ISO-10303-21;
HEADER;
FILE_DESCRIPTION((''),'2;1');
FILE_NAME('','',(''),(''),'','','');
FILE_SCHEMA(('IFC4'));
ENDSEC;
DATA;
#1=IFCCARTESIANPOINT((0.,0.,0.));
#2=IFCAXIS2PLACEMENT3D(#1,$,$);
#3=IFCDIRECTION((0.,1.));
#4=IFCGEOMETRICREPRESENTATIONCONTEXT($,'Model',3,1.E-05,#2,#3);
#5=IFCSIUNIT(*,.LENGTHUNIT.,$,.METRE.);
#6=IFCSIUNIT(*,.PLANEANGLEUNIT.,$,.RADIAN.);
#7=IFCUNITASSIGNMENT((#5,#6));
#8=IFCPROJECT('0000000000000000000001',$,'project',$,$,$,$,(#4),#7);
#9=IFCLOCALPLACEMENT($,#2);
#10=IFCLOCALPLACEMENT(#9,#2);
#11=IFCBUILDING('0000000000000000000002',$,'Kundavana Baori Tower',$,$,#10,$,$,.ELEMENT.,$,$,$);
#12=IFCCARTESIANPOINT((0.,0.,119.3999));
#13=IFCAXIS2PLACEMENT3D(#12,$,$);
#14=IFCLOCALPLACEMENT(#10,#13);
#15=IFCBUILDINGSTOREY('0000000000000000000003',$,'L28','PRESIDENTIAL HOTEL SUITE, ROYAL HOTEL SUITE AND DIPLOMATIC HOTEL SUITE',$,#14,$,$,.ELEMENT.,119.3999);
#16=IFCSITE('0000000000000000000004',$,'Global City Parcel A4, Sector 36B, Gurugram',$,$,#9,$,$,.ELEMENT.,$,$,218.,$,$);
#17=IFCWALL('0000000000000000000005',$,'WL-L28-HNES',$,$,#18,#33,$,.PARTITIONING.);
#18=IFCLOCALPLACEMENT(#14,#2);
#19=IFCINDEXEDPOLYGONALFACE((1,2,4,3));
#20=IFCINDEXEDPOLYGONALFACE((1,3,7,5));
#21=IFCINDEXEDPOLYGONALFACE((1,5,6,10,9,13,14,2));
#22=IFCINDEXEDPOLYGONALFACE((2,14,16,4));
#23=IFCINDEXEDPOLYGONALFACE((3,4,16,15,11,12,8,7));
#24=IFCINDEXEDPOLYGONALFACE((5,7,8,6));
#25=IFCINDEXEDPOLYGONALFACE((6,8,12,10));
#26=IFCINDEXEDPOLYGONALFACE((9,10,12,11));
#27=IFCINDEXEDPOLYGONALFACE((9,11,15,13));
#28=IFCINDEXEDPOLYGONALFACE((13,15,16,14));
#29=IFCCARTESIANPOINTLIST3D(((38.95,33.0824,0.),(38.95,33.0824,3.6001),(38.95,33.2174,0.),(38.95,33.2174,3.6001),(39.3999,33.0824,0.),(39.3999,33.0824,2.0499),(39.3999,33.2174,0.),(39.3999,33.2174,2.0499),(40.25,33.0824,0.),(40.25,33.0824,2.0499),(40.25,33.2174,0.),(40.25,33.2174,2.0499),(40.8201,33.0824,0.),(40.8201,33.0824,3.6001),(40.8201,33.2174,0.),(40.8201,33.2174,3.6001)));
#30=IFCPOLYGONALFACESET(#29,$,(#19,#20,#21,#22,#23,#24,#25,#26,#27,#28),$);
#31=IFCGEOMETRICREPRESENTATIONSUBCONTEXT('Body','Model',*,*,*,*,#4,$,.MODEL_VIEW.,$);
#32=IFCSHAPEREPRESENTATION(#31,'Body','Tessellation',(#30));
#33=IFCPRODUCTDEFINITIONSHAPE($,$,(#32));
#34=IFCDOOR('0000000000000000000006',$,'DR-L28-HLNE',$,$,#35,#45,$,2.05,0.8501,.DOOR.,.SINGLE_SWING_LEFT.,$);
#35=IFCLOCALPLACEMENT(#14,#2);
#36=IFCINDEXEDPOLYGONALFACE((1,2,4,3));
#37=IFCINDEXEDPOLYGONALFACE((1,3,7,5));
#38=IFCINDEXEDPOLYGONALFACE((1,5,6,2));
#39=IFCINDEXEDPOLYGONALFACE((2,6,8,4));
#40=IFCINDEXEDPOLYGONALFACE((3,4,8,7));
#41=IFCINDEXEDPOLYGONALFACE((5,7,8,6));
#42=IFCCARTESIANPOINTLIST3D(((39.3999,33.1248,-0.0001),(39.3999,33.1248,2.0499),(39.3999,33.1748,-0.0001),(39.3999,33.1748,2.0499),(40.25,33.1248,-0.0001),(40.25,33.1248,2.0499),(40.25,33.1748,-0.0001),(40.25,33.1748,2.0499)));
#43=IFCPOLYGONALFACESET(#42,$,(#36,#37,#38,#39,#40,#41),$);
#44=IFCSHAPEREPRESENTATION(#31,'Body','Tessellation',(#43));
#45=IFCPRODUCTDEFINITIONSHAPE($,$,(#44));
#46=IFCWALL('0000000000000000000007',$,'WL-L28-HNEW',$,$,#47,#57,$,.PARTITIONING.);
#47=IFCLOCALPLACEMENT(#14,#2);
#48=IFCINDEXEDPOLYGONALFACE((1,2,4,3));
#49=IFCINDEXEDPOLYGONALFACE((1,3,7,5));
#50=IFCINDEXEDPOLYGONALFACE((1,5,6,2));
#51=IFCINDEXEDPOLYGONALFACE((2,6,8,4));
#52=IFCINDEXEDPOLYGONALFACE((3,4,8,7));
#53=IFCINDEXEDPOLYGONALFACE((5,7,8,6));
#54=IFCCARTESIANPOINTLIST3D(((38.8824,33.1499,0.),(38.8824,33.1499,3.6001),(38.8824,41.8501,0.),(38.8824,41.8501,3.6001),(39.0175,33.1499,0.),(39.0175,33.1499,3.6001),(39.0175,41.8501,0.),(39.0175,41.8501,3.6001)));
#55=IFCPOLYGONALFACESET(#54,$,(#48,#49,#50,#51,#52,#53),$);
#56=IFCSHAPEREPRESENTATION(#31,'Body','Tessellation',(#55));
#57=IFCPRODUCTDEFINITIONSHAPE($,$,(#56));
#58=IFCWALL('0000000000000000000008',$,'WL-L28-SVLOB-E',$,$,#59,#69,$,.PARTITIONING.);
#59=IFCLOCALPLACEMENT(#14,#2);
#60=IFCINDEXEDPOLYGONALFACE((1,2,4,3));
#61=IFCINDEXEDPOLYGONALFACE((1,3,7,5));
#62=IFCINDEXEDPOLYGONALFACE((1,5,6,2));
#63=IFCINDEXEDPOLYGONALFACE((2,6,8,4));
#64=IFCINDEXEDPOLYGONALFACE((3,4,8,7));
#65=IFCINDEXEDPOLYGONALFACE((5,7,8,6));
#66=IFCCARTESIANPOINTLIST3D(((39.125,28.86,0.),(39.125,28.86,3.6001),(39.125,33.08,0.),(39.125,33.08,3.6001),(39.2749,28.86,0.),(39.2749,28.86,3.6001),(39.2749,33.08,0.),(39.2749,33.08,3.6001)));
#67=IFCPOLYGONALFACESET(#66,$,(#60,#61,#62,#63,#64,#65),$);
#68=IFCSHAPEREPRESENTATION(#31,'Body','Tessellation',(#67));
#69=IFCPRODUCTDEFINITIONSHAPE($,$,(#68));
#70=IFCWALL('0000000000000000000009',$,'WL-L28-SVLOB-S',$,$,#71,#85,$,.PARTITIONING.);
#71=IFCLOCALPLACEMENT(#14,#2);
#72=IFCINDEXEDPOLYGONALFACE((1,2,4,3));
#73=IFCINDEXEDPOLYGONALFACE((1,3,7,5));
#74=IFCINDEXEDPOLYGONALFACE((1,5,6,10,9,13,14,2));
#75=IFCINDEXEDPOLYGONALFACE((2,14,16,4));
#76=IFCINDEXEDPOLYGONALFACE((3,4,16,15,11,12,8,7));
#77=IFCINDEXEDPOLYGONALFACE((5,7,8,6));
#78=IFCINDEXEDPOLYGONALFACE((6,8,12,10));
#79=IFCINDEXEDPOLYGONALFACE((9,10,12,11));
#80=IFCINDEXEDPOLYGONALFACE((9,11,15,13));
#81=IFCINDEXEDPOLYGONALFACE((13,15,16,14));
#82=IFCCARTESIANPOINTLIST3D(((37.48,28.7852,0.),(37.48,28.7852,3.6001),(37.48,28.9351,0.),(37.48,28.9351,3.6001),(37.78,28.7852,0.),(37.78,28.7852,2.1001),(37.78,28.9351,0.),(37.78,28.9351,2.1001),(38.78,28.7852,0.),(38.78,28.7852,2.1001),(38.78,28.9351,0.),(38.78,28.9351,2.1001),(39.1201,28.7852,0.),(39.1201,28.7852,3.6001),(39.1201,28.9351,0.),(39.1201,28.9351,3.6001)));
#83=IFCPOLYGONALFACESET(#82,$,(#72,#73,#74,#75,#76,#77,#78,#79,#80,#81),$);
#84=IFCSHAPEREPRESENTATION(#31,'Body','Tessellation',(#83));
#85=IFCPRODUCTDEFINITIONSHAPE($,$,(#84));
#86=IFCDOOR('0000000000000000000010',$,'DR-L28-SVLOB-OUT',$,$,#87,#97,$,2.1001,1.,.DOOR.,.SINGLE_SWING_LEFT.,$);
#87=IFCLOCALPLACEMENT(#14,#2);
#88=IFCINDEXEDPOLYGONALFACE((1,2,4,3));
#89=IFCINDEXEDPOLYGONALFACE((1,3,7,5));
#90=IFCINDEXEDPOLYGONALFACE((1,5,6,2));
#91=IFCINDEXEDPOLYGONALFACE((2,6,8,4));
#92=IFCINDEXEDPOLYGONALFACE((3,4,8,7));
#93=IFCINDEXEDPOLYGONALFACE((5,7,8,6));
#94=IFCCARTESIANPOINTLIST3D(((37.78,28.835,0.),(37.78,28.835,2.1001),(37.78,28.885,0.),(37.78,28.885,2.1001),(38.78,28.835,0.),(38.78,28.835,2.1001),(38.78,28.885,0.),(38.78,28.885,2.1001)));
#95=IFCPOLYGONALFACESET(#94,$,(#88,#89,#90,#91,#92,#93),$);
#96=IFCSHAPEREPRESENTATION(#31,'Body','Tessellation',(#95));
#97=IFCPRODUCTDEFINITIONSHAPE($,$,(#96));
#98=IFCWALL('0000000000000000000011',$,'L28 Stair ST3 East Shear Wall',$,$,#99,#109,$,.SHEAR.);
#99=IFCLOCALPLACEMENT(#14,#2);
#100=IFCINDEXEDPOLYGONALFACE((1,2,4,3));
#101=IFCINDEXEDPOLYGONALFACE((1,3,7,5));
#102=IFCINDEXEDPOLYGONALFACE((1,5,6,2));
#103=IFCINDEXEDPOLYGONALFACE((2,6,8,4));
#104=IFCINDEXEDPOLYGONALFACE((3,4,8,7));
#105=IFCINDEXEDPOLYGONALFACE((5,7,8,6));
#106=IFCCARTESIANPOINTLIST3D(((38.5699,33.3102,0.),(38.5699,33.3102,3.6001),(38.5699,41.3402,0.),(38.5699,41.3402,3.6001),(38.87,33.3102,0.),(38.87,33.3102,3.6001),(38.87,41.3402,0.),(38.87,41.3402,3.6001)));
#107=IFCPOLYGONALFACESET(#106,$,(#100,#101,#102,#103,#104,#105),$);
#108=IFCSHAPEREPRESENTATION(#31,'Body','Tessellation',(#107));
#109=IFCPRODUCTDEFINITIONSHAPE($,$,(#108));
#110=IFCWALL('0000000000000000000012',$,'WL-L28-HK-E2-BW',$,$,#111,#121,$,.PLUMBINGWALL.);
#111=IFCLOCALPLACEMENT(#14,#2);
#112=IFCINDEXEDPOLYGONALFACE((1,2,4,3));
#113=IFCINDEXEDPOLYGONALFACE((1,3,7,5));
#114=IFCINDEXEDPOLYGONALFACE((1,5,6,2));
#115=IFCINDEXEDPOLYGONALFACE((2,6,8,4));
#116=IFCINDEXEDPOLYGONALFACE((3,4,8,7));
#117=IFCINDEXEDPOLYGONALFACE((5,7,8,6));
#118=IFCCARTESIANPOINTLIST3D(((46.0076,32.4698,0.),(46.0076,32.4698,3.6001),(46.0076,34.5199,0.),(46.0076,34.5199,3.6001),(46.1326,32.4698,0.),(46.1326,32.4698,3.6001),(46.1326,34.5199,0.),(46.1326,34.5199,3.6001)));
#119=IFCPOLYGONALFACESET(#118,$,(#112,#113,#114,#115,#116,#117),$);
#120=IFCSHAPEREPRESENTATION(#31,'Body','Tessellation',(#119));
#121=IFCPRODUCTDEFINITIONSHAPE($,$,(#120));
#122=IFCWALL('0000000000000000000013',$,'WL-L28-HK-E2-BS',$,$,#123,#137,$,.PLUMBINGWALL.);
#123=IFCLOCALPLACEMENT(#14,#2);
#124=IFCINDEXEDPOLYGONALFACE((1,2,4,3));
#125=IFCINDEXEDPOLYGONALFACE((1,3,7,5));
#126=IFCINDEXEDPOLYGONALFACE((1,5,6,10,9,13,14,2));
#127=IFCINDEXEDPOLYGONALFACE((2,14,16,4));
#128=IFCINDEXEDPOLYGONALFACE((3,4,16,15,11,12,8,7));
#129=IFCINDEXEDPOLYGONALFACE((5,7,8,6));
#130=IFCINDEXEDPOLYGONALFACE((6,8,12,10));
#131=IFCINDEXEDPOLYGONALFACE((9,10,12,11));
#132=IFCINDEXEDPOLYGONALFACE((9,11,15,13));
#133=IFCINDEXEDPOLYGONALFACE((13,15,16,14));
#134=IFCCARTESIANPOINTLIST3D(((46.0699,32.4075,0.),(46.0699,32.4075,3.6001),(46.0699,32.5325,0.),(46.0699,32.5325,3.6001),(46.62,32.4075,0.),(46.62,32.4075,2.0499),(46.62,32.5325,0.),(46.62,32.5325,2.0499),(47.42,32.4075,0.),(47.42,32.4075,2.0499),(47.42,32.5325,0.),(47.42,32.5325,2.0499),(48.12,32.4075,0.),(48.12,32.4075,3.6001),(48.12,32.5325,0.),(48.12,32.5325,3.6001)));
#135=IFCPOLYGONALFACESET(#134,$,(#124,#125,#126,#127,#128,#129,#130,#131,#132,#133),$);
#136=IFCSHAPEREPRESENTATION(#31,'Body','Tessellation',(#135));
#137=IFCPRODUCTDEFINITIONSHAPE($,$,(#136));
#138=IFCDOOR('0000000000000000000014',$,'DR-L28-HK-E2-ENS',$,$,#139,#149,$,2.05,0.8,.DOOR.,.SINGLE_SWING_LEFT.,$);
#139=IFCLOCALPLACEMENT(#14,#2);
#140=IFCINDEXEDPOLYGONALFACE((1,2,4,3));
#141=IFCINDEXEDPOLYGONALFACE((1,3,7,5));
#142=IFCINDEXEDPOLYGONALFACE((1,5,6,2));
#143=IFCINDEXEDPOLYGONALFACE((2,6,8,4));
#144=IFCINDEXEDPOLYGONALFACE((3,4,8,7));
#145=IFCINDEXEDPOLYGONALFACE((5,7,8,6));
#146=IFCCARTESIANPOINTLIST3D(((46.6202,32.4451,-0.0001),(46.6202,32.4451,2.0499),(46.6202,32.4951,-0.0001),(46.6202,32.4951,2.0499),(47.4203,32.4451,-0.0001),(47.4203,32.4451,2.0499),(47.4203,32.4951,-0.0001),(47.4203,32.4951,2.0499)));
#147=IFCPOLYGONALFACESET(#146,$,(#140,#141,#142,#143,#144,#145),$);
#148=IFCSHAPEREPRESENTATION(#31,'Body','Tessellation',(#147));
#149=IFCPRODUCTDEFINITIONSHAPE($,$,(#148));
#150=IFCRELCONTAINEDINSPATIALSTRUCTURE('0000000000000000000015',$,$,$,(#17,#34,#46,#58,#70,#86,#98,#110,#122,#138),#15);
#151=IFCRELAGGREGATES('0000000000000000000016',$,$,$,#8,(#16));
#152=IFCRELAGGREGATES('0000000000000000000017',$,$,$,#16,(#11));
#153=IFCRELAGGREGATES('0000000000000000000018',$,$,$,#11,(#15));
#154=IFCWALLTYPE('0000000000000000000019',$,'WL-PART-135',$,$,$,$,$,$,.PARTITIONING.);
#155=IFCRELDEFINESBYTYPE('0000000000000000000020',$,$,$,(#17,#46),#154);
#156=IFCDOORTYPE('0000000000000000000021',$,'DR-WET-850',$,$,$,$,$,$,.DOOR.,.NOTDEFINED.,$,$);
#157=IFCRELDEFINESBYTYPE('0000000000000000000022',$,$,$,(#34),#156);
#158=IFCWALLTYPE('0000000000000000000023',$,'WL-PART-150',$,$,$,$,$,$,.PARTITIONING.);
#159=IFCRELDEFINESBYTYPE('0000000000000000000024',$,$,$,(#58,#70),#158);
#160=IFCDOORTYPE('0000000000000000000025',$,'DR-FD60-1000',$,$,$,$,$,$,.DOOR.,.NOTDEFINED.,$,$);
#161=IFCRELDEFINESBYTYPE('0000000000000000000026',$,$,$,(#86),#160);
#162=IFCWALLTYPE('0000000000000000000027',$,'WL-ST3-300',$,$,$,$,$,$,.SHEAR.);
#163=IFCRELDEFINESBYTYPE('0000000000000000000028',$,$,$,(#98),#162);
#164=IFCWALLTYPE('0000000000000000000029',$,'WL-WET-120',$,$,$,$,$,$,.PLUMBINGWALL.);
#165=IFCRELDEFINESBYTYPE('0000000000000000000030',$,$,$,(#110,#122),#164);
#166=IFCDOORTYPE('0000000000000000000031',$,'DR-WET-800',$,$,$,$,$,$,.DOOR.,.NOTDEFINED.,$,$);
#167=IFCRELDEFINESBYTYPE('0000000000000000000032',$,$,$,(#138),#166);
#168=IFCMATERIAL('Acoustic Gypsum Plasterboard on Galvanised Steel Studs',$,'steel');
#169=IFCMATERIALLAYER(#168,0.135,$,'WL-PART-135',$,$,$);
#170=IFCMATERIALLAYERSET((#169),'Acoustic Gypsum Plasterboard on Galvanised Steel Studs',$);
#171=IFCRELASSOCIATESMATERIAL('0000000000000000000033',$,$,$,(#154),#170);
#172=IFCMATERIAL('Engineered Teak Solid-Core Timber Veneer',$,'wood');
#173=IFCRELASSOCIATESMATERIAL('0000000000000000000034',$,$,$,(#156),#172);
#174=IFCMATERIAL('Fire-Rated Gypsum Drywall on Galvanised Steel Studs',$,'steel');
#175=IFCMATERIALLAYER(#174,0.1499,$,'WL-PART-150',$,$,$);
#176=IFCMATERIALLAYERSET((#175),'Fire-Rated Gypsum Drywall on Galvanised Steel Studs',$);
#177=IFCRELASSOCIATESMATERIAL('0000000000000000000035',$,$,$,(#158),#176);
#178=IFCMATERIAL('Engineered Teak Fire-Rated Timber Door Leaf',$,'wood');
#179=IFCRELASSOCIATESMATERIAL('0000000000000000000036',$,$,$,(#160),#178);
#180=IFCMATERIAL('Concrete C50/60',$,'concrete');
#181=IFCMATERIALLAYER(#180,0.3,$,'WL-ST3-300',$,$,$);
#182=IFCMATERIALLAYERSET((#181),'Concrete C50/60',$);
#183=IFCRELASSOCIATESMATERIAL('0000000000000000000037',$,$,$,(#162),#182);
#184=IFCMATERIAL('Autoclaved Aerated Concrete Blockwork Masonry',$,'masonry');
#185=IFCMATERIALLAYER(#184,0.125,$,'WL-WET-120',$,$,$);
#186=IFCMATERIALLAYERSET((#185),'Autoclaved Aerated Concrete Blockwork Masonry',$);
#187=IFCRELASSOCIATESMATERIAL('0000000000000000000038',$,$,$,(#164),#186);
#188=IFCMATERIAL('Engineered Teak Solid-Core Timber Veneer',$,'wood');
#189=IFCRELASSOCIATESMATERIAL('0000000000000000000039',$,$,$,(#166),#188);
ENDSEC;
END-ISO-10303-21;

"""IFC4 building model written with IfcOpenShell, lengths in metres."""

from ifc_helpers import new_model, si_unit, direction, frame, frame_2d, origin, place, context, subcontext, project, spatial, rectangle, extrude, material, layer, layer_set, type_object, element, fill, save


model = new_model("IFC4")

# Units and contexts
model_context = context("Model", 3, precision=1e-05, world=origin(), true_north=direction((0.0, 1.0)))
body_context = subcontext(model_context, "Body", "Model", "MODEL_VIEW")
ifc_project = project(units=[si_unit("LENGTHUNIT", "METRE"), si_unit("PLANEANGLEUNIT", "RADIAN")], contexts=[model_context])

# Site, building, storey
site_placement = place(None, origin())
site = spatial("IfcSite", under=ifc_project, at=site_placement, Name="Global City Parcel A4, Sector 36B, Gurugram", CompositionType="ELEMENT", RefElevation=218.0)
building_placement = place(site_placement, origin())
building = spatial("IfcBuilding", under=site, at=building_placement, Name="Kundavana Baori Tower", CompositionType="ELEMENT")
storey_placement = place(building_placement, frame((0.0, 0.0, 119.3999)))
storey = spatial("IfcBuildingStorey", under=building, at=storey_placement, Name="L28", Description="PRESIDENTIAL HOTEL SUITE, ROYAL HOTEL SUITE AND DIPLOMATIC HOTEL SUITE", CompositionType="ELEMENT", Elevation=119.3999)

# Shared definitions
ifc_material_1 = material(Name="Acoustic Gypsum Plasterboard on Galvanised Steel Studs", Category="steel")
ifc_layer_1 = layer(ifc_material_1, 0.135, Name="WL-PART-135")
ifc_layer_set_1 = layer_set([ifc_layer_1], Name="Acoustic Gypsum Plasterboard on Galvanised Steel Studs")
wall_type_1 = type_object("IfcWallType", Name="WL-PART-135", PredefinedType="PARTITIONING", material=ifc_layer_set_1)

# Wall, opening, door
wall_1_placement = place(storey_placement, frame((38.95, 33.1499, 0.0), z_axis=(0.0, 0.0, 1.0), x_axis=(1.0, 0.0, 0.0)))
wall_1 = element("IfcWall", 1, at=wall_1_placement, inside=storey, type_object=wall_type_1, Name="WL-L28-HNES", PredefinedType="PARTITIONING", context=body_context, shape_type="SweptSolid", body=[
    extrude(rectangle(XDim=1.8701, YDim=0.135, at=frame_2d((0.9351, 0.0))), origin(), (0.0, 0.0, 1.0), 3.6001),
])
opening_1_placement = place(wall_1_placement, frame((0.45, 0.0, 0.0)))
opening_1 = element("IfcOpeningElement", 2, at=opening_1_placement, cuts=wall_1, PredefinedType="OPENING", context=body_context, shape_type="SweptSolid", body=[
    extrude(rectangle(XDim=0.8501, YDim=2.05, at=frame_2d((0.425, 1.0249))), frame((0.0, 0.0776, 0.0), z_axis=(0.0, -1.0, 0.0), x_axis=(1.0, 0.0, 0.0)), (0.0, 0.0, 1.0), 0.155),
])
ifc_material_2 = material(Name="Engineered Teak Solid-Core Timber Veneer", Category="wood")
door_type_1 = type_object("IfcDoorType", Name="DR-WET-850", OperationType="NOTDEFINED", PredefinedType="DOOR", material=ifc_material_2)
door_1_placement = place(opening_1_placement, origin())
door_1 = element("IfcDoor", 3, at=door_1_placement, inside=storey, type_object=door_type_1, Name="DR-L28-HLNE", OperationType="SINGLE_SWING_LEFT", OverallHeight=2.05, OverallWidth=0.8501, PredefinedType="DOOR", context=body_context, shape_type="SweptSolid", body=[
    extrude(rectangle(XDim=0.8501, YDim=2.05, at=frame_2d((0.425, 1.0249))), frame((0.0, 0.0249, 0.0), z_axis=(0.0, -1.0, 0.0), x_axis=(1.0, 0.0, 0.0)), (0.0, 0.0, 1.0), 0.05),
])
fill(opening_1, door_1)

# Walls
wall_2_placement = place(storey_placement, frame((38.95, 33.1499, 0.0), z_axis=(0.0, 0.0, 1.0), x_axis=(0.0, 1.0, 0.0)))
element("IfcWall", 4, at=wall_2_placement, inside=storey, type_object=wall_type_1, Name="WL-L28-HNEW", PredefinedType="PARTITIONING", context=body_context, shape_type="SweptSolid", body=[
    extrude(rectangle(XDim=8.7002, YDim=0.135, at=frame_2d((4.3501, 0.0))), origin(), (0.0, 0.0, 1.0), 3.6001),
])
ifc_material_3 = material(Name="Fire-Rated Gypsum Drywall on Galvanised Steel Studs", Category="steel")
ifc_layer_2 = layer(ifc_material_3, 0.1499, Name="WL-PART-150")
ifc_layer_set_2 = layer_set([ifc_layer_2], Name="Fire-Rated Gypsum Drywall on Galvanised Steel Studs")
wall_type_2 = type_object("IfcWallType", Name="WL-PART-150", PredefinedType="PARTITIONING", material=ifc_layer_set_2)
wall_3_placement = place(storey_placement, frame((39.2, 28.8601, 0.0), z_axis=(0.0, 0.0, 1.0), x_axis=(0.0, 1.0, 0.0)))
element("IfcWall", 5, at=wall_3_placement, inside=storey, type_object=wall_type_2, Name="WL-L28-SVLOB-E", PredefinedType="PARTITIONING", context=body_context, shape_type="SweptSolid", body=[
    extrude(rectangle(XDim=4.22, YDim=0.1499, at=frame_2d((2.1099, 0.0))), origin(), (0.0, 0.0, 1.0), 3.6001),
])

# Wall, opening, door
wall_4_placement = place(storey_placement, frame((37.48, 28.8601, 0.0), z_axis=(0.0, 0.0, 1.0), x_axis=(1.0, 0.0, 0.0)))
wall_4 = element("IfcWall", 6, at=wall_4_placement, inside=storey, type_object=wall_type_2, Name="WL-L28-SVLOB-S", PredefinedType="PARTITIONING", context=body_context, shape_type="SweptSolid", body=[
    extrude(rectangle(XDim=1.6401, YDim=0.1499, at=frame_2d((0.8201, 0.0))), origin(), (0.0, 0.0, 1.0), 3.6001),
])
opening_2_placement = place(wall_4_placement, frame((0.3, 0.0, 0.0)))
opening_2 = element("IfcOpeningElement", 7, at=opening_2_placement, cuts=wall_4, PredefinedType="OPENING", context=body_context, shape_type="SweptSolid", body=[
    extrude(rectangle(XDim=1.0, YDim=2.1001, at=frame_2d((0.5, 1.05))), frame((0.0, 0.085, 0.0), z_axis=(0.0, -1.0, 0.0), x_axis=(1.0, 0.0, 0.0)), (0.0, 0.0, 1.0), 0.1699),
])
ifc_material_4 = material(Name="Engineered Teak Fire-Rated Timber Door Leaf", Category="wood")
door_type_2 = type_object("IfcDoorType", Name="DR-FD60-1000", OperationType="NOTDEFINED", PredefinedType="DOOR", material=ifc_material_4)
door_2_placement = place(opening_2_placement, origin())
door_2 = element("IfcDoor", 8, at=door_2_placement, inside=storey, type_object=door_type_2, Name="DR-L28-SVLOB-OUT", OperationType="SINGLE_SWING_LEFT", OverallHeight=2.1001, OverallWidth=1.0, PredefinedType="DOOR", context=body_context, shape_type="SweptSolid", body=[
    extrude(rectangle(XDim=1.0, YDim=2.1001, at=frame_2d((0.5, 1.05))), frame((0.0, 0.0249, 0.0), z_axis=(0.0, -1.0, 0.0), x_axis=(1.0, 0.0, 0.0)), (0.0, 0.0, 1.0), 0.05),
])
fill(opening_2, door_2)

# Walls
ifc_material_5 = material(Name="Concrete C50/60", Category="concrete")
ifc_layer_3 = layer(ifc_material_5, 0.3, Name="WL-ST3-300")
ifc_layer_set_3 = layer_set([ifc_layer_3], Name="Concrete C50/60")
wall_type_3 = type_object("IfcWallType", Name="WL-ST3-300", PredefinedType="SHEAR", material=ifc_layer_set_3)
wall_5_placement = place(storey_placement, frame((38.72, 33.3101, 0.0), z_axis=(0.0, 0.0, 1.0), x_axis=(0.0, 1.0, 0.0)))
element("IfcWall", 9, at=wall_5_placement, inside=storey, type_object=wall_type_3, Name="L28 Stair ST3 East Shear Wall", PredefinedType="SHEAR", context=body_context, shape_type="SweptSolid", body=[
    extrude(rectangle(XDim=8.03, YDim=0.3, at=frame_2d((4.0151, 0.0))), origin(), (0.0, 0.0, 1.0), 3.6001),
])
ifc_material_6 = material(Name="Autoclaved Aerated Concrete Blockwork Masonry", Category="masonry")
ifc_layer_4 = layer(ifc_material_6, 0.125, Name="WL-WET-120")
ifc_layer_set_4 = layer_set([ifc_layer_4], Name="Autoclaved Aerated Concrete Blockwork Masonry")
wall_type_4 = type_object("IfcWallType", Name="WL-WET-120", PredefinedType="PLUMBINGWALL", material=ifc_layer_set_4)
wall_6_placement = place(storey_placement, frame((46.0701, 32.47, 0.0), z_axis=(0.0, 0.0, 1.0), x_axis=(0.0, 1.0, 0.0)))
element("IfcWall", 10, at=wall_6_placement, inside=storey, type_object=wall_type_4, Name="WL-L28-HK-E2-BW", PredefinedType="PLUMBINGWALL", context=body_context, shape_type="SweptSolid", body=[
    extrude(rectangle(XDim=2.05, YDim=0.125, at=frame_2d((1.0249, 0.0))), origin(), (0.0, 0.0, 1.0), 3.6001),
])

# Wall, opening, door
wall_7_placement = place(storey_placement, frame((46.0701, 32.47, 0.0), z_axis=(0.0, 0.0, 1.0), x_axis=(1.0, 0.0, 0.0)))
wall_7 = element("IfcWall", 11, at=wall_7_placement, inside=storey, type_object=wall_type_4, Name="WL-L28-HK-E2-BS", PredefinedType="PLUMBINGWALL", context=body_context, shape_type="SweptSolid", body=[
    extrude(rectangle(XDim=2.05, YDim=0.125, at=frame_2d((1.0249, 0.0))), origin(), (0.0, 0.0, 1.0), 3.6001),
])
opening_3_placement = place(wall_7_placement, frame((0.55, 0.0, 0.0)))
opening_3 = element("IfcOpeningElement", 12, at=opening_3_placement, cuts=wall_7, PredefinedType="OPENING", context=body_context, shape_type="SweptSolid", body=[
    extrude(rectangle(XDim=0.8, YDim=2.05, at=frame_2d((0.3999, 1.0249))), frame((0.0, 0.0725, 0.0), z_axis=(0.0, -1.0, 0.0), x_axis=(1.0, 0.0, 0.0)), (0.0, 0.0, 1.0), 0.145),
])
ifc_material_7 = material(Name="Engineered Teak Solid-Core Timber Veneer", Category="wood")
door_type_3 = type_object("IfcDoorType", Name="DR-WET-800", OperationType="NOTDEFINED", PredefinedType="DOOR", material=ifc_material_7)
door_3_placement = place(opening_3_placement, frame((0.8, 0.0, 0.0), z_axis=(0.0, 0.0, 1.0), x_axis=(-1.0, 0.0, 0.0)))
door_3 = element("IfcDoor", 13, at=door_3_placement, inside=storey, type_object=door_type_3, Name="DR-L28-HK-E2-ENS", OperationType="SINGLE_SWING_LEFT", OverallHeight=2.05, OverallWidth=0.8, PredefinedType="DOOR", context=body_context, shape_type="SweptSolid", body=[
    extrude(rectangle(XDim=0.8, YDim=2.05, at=frame_2d((0.3999, 1.0249))), frame((0.0, 0.0249, 0.0), z_axis=(0.0, -1.0, 0.0), x_axis=(1.0, 0.0, 0.0)), (0.0, 0.0, 1.0), 0.05),
])
fill(opening_3, door_3)

save(model, "model.ifc")
